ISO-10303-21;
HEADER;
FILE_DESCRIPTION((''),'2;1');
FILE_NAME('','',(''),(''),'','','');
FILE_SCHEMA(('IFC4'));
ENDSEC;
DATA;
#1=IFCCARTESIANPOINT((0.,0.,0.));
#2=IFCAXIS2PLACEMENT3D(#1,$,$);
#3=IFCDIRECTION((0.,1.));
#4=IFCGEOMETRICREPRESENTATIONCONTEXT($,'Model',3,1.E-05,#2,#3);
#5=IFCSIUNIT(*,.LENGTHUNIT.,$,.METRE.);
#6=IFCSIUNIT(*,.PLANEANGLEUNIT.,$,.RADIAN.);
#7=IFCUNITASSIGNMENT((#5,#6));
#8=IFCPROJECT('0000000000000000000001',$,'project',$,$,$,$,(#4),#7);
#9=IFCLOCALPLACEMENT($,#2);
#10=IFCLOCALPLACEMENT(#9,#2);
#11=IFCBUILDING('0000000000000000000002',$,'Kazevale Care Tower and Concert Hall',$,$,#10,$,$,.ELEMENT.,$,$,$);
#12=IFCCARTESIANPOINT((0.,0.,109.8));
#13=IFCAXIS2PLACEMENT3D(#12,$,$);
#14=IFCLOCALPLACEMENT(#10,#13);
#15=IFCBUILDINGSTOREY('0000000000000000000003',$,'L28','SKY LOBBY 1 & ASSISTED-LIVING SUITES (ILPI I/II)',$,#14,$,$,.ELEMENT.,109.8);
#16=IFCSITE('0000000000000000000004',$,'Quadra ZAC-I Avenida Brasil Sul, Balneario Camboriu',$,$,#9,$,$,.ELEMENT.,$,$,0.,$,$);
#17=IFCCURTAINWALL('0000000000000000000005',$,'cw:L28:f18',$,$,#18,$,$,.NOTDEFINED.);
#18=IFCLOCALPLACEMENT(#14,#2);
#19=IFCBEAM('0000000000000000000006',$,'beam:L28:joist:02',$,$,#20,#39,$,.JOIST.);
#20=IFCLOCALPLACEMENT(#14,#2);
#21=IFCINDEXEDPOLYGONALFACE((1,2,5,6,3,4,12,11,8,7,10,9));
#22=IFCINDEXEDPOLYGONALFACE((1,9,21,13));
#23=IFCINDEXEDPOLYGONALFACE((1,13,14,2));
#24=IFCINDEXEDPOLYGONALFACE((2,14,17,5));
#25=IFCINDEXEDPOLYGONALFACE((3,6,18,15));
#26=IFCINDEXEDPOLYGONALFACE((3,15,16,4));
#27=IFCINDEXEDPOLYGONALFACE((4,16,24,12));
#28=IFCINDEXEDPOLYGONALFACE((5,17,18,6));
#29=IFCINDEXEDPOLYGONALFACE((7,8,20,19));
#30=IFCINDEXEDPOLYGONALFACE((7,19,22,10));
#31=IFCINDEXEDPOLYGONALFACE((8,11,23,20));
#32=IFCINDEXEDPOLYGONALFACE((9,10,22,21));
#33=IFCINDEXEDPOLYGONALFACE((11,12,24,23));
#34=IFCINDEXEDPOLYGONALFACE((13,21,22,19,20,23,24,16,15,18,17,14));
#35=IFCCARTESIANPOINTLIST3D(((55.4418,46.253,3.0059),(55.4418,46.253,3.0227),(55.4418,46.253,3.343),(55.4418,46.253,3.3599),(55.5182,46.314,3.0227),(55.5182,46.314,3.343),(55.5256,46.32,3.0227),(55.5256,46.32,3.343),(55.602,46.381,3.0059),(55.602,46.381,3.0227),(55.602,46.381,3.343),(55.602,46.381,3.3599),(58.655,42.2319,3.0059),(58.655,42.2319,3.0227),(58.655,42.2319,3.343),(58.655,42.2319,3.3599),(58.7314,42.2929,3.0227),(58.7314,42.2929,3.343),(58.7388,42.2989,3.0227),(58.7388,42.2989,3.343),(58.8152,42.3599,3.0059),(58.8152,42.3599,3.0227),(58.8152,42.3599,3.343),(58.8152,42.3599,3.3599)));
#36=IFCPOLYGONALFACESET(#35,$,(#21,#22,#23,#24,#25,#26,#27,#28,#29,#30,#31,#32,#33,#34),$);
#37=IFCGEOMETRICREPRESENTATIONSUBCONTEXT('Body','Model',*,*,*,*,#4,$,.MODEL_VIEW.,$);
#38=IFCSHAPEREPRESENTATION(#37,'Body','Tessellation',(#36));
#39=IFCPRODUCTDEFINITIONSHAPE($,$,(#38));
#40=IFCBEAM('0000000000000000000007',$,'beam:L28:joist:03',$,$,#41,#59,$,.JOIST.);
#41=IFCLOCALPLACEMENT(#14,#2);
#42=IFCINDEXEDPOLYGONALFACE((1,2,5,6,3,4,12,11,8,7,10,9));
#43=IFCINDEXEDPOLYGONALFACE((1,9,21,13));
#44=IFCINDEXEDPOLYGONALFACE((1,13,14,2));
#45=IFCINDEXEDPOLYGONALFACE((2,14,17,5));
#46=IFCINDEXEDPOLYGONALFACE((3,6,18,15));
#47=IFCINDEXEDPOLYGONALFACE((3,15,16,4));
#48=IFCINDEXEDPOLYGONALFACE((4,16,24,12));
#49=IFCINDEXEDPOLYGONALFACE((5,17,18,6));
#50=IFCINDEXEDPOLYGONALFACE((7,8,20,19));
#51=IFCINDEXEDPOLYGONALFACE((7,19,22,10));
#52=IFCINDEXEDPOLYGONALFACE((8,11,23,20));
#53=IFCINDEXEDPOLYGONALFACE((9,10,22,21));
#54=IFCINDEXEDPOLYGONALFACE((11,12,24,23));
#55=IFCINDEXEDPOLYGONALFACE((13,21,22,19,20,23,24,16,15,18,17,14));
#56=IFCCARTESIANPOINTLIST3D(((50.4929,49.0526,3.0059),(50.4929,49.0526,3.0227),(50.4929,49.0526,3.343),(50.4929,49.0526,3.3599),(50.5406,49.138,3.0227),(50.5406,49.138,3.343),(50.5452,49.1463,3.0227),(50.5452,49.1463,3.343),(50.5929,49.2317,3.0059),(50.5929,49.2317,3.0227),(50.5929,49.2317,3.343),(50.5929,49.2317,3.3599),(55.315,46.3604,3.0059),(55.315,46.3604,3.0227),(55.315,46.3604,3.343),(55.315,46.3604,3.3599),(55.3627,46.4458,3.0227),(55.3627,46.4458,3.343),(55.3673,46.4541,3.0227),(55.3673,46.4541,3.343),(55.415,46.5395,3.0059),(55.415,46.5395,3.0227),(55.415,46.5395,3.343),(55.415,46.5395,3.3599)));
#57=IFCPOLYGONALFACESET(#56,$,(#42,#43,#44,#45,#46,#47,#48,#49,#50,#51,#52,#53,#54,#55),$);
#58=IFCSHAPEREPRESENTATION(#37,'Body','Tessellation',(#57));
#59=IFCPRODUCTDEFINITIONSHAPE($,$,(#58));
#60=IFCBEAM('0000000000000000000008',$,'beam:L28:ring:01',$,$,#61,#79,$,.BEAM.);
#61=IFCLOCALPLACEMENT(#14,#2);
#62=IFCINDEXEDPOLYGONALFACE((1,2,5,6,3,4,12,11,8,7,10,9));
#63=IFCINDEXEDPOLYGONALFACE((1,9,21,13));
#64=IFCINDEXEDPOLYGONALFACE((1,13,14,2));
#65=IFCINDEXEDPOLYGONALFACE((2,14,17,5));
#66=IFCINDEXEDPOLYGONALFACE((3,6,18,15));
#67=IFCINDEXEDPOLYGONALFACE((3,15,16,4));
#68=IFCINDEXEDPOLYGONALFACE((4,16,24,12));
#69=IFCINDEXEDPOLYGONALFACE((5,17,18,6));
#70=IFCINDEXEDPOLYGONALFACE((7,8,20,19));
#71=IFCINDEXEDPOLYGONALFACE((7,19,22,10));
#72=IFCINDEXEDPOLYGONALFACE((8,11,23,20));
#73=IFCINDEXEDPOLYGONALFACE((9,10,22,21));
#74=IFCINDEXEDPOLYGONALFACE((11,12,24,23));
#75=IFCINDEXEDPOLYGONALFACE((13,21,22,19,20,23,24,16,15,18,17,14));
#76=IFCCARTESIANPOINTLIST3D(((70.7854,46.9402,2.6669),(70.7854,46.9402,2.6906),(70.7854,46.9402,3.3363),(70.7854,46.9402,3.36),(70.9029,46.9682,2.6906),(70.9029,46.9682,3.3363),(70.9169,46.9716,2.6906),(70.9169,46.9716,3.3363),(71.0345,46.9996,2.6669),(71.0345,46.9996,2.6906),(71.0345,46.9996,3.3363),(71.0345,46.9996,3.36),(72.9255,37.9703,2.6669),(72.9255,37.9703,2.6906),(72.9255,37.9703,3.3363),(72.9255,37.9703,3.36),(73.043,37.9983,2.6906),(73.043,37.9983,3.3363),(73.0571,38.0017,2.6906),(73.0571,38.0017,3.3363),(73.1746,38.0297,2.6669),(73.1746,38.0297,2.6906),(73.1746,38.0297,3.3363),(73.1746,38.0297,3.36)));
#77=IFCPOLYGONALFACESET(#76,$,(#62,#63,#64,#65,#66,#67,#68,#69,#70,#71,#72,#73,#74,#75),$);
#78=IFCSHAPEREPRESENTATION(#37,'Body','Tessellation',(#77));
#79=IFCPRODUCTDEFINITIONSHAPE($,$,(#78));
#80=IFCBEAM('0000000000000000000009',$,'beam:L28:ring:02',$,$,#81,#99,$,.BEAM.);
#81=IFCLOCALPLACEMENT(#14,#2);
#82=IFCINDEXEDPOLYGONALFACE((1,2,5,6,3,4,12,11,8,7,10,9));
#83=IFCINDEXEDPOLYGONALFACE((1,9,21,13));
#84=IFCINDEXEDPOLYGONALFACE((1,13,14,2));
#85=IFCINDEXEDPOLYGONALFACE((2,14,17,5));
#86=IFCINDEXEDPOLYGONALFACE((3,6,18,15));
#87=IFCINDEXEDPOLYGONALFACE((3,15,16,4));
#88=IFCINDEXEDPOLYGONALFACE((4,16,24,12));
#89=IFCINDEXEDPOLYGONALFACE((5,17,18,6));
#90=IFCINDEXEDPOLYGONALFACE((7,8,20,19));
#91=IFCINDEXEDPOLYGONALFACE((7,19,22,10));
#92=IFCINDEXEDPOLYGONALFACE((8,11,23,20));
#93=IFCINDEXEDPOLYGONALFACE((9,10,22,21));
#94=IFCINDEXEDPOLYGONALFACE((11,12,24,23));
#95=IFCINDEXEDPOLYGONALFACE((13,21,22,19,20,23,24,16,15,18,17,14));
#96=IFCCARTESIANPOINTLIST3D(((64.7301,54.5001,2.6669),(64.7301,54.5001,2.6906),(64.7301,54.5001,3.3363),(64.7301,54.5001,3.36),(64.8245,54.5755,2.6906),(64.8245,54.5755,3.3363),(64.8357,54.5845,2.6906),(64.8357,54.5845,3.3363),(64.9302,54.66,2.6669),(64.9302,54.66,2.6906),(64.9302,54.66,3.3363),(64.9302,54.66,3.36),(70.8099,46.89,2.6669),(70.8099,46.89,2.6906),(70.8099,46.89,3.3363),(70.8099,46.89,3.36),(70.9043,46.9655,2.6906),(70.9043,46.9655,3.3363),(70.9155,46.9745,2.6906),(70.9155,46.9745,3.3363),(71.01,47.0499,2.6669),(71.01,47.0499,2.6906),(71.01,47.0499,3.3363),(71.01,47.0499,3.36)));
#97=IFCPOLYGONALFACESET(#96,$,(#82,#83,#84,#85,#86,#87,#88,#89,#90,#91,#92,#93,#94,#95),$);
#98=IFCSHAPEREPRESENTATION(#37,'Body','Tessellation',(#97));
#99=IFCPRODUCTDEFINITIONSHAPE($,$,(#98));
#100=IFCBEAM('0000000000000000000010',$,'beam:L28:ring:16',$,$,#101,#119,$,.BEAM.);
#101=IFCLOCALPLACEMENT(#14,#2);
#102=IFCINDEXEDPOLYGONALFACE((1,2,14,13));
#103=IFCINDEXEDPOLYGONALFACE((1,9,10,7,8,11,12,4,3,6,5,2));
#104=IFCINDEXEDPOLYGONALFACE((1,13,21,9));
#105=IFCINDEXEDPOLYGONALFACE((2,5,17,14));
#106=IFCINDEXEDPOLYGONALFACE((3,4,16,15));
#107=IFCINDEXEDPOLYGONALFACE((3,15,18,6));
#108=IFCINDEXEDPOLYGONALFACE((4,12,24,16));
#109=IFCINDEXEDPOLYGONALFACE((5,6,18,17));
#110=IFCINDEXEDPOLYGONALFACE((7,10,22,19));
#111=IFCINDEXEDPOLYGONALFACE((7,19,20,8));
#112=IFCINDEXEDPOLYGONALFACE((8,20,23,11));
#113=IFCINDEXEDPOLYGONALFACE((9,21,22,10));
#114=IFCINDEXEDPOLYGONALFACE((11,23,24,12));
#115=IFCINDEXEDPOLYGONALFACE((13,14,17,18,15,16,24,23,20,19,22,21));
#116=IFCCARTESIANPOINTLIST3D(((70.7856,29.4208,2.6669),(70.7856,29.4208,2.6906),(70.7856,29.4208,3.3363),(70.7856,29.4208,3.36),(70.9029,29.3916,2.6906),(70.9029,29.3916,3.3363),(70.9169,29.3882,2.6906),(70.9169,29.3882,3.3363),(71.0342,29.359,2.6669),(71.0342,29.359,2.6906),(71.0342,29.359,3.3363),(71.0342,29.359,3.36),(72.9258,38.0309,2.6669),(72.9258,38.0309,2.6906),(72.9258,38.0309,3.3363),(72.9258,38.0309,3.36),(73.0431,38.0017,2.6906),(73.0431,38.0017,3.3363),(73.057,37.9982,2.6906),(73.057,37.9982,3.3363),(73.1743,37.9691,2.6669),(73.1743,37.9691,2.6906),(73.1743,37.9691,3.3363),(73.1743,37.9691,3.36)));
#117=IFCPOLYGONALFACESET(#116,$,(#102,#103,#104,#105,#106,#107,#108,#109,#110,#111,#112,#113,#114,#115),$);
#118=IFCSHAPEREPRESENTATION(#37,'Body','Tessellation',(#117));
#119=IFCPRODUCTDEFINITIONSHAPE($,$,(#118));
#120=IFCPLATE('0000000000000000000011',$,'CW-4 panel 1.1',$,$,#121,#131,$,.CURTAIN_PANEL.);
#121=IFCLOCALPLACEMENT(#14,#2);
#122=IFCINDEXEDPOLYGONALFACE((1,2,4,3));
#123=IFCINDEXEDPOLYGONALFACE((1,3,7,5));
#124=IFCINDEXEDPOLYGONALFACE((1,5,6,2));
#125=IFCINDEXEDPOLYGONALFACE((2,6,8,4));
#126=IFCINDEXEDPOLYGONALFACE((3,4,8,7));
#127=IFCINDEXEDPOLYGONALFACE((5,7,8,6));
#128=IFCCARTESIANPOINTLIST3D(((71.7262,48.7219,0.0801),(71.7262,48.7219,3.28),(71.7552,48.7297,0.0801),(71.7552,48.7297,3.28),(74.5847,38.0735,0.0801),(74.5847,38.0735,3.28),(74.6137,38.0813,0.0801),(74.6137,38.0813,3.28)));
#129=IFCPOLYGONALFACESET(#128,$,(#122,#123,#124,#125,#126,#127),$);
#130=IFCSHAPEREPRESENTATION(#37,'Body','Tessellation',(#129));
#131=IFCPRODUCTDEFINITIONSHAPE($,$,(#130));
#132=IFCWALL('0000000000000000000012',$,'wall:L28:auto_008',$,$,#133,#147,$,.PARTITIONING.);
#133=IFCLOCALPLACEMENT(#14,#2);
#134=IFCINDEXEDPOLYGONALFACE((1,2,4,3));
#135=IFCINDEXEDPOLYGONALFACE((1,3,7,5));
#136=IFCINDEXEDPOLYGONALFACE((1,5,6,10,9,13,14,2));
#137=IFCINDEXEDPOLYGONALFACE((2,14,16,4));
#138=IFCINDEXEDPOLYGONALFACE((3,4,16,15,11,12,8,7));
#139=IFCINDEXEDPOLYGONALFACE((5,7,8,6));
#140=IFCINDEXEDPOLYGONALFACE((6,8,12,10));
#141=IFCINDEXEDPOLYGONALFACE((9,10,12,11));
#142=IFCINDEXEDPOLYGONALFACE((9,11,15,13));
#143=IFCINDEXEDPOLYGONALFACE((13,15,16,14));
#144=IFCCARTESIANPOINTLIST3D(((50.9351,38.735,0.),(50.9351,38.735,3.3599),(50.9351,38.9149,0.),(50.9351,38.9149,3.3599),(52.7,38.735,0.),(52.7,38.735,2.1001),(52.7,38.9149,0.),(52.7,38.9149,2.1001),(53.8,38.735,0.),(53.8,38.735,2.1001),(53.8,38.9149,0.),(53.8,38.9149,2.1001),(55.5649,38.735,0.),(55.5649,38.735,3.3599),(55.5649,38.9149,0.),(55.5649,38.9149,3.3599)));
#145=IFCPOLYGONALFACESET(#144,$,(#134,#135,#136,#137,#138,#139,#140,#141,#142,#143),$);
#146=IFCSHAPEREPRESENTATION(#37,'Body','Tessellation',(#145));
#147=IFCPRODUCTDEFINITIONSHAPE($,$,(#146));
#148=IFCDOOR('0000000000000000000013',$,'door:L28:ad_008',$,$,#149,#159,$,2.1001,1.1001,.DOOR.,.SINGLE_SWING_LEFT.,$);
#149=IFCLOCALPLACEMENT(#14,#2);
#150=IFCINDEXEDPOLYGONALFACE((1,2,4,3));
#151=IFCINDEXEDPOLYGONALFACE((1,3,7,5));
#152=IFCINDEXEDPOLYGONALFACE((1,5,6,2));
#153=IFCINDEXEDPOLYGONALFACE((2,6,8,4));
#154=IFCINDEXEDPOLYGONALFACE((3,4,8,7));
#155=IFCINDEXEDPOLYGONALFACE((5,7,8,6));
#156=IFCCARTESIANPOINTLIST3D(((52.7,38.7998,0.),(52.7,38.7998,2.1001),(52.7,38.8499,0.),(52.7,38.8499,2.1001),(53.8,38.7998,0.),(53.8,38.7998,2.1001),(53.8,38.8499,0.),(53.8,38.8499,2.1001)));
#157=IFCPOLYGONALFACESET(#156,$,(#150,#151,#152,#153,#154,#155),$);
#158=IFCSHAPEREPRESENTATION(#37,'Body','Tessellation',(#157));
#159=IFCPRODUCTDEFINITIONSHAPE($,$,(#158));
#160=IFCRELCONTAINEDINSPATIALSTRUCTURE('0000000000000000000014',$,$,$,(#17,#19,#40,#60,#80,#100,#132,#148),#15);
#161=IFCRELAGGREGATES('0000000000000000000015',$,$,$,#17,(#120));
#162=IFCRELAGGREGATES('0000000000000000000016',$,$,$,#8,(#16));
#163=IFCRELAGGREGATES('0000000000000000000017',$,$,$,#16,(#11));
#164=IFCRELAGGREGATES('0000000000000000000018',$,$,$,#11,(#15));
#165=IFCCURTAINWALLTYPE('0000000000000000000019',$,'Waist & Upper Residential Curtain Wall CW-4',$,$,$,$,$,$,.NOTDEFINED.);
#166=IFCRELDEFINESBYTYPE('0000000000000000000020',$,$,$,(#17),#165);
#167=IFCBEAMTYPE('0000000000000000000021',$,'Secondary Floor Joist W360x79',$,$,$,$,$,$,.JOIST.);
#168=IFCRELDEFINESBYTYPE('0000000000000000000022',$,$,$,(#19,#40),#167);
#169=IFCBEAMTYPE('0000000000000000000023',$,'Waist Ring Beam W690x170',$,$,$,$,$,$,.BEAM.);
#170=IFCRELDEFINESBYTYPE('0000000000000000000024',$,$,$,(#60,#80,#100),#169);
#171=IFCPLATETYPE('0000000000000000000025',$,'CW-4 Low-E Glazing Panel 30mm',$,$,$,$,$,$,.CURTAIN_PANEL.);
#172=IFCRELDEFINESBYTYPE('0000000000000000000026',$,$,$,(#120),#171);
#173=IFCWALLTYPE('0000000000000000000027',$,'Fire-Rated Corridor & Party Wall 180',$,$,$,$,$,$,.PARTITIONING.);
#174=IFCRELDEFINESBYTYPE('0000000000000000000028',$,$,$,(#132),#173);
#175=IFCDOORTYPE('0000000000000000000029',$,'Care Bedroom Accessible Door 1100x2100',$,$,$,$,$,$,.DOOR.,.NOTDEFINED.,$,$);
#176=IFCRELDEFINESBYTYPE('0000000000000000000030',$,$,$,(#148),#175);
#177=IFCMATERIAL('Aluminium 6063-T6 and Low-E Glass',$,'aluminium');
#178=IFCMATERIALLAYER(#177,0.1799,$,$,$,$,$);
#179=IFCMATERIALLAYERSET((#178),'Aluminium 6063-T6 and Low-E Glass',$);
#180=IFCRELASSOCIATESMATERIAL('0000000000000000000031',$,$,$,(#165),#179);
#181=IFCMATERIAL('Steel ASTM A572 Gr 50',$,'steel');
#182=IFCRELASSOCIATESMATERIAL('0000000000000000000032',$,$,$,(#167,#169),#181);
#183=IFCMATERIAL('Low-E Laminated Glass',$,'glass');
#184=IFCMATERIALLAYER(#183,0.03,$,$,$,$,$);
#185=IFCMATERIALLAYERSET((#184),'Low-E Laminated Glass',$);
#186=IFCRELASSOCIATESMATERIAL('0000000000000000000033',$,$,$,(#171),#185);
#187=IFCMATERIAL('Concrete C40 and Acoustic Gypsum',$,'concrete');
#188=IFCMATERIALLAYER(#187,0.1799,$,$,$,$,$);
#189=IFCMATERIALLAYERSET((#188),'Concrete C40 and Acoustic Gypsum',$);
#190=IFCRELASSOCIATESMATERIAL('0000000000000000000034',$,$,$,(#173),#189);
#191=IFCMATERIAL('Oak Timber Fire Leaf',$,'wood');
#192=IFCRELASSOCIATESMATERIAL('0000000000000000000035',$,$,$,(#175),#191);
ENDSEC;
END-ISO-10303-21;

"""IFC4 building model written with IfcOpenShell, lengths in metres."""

from ifc_helpers import new_model, si_unit, direction, frame, frame_2d, origin, origin_2d, place, context, subcontext, project, spatial, rectangle, i_section, extrude, material, layer, layer_set, material_profile, profile_set, type_object, element, fill, aggregate, save


model = new_model("IFC4")

# Units and contexts
model_context = context("Model", 3, precision=1e-05, world=origin(), true_north=direction((0.0, 1.0)))
body_context = subcontext(model_context, "Body", "Model", "MODEL_VIEW")
ifc_project = project(units=[si_unit("LENGTHUNIT", "METRE"), si_unit("PLANEANGLEUNIT", "RADIAN")], contexts=[model_context])

# Site, building, storey
site_placement = place(None, origin())
site = spatial("IfcSite", under=ifc_project, at=site_placement, Name="Quadra ZAC-I Avenida Brasil Sul, Balneario Camboriu", CompositionType="ELEMENT", RefElevation=0.0)
building_placement = place(site_placement, origin())
building = spatial("IfcBuilding", under=site, at=building_placement, Name="Kazevale Care Tower and Concert Hall", CompositionType="ELEMENT")
storey_placement = place(building_placement, frame((0.0, 0.0, 109.8)))
storey = spatial("IfcBuildingStorey", under=building, at=storey_placement, Name="L28", Description="SKY LOBBY 1 & ASSISTED-LIVING SUITES (ILPI I/II)", CompositionType="ELEMENT", Elevation=109.8)

# Curtain wall
ifc_material_1 = material(Name="Aluminium 6063-T6 and Low-E Glass", Category="aluminium")
ifc_layer_1 = layer(ifc_material_1, 0.1799)
ifc_layer_set_1 = layer_set([ifc_layer_1], Name="Aluminium 6063-T6 and Low-E Glass")
curtain_wall_type = type_object("IfcCurtainWallType", Name="Waist & Upper Residential Curtain Wall CW-4", PredefinedType="NOTDEFINED", material=ifc_layer_set_1)
curtain_wall_placement = place(storey_placement, origin())
curtain_wall = element("IfcCurtainWall", 1, at=curtain_wall_placement, inside=storey, type_object=curtain_wall_type, Name="cw:L28:f18", PredefinedType="NOTDEFINED")

# Beams
ifc_material_2 = material(Name="Steel ASTM A572 Gr 50", Category="steel")
ifc_material_profile_1 = material_profile(ifc_material_2, i_section(OverallWidth=0.2051, OverallDepth=0.354, WebThickness=0.0095, FlangeThickness=0.0168, at=origin_2d()), Name="W360x79")
ifc_profile_set_1 = profile_set([ifc_material_profile_1], Name="Steel ASTM A572 Gr 50")
beam_type_1 = type_object("IfcBeamType", Name="Secondary Floor Joist W360x79", PredefinedType="JOIST", material=ifc_profile_set_1)
beam_1_placement = place(storey_placement, frame((58.7351, 42.2959, 3.1829), z_axis=(-0.624261, 0.781216, 0.0), x_axis=(-0.781216, -0.624261, 0.0)))
element("IfcBeam", 2, at=beam_1_placement, inside=storey, type_object=beam_type_1, Name="beam:L28:joist:02", PredefinedType="JOIST", context=body_context, shape_type="SweptSolid", body=[
    extrude(i_section(OverallWidth=0.2051, OverallDepth=0.354, WebThickness=0.0095, FlangeThickness=0.0168, at=origin_2d()), origin(), (0.0, 0.0, 1.0), 5.1472),
])
beam_2_placement = place(storey_placement, frame((55.365, 46.45, 3.1829), z_axis=(-0.873138, 0.487474, 0.0), x_axis=(-0.487474, -0.873138, 0.0)))
element("IfcBeam", 3, at=beam_2_placement, inside=storey, type_object=beam_type_1, Name="beam:L28:joist:03", PredefinedType="JOIST", context=body_context, shape_type="SweptSolid", body=[
    extrude(i_section(OverallWidth=0.2051, OverallDepth=0.354, WebThickness=0.0095, FlangeThickness=0.0168, at=origin_2d()), origin(), (0.0, 0.0, 1.0), 5.5227),
])
ifc_material_profile_2 = material_profile(ifc_material_2, i_section(OverallWidth=0.2561, OverallDepth=0.6931, WebThickness=0.0144, FlangeThickness=0.0237, at=origin_2d()), Name="W690x170")
ifc_profile_set_2 = profile_set([ifc_material_profile_2], Name="Steel ASTM A572 Gr 50")
beam_type_2 = type_object("IfcBeamType", Name="Waist Ring Beam W690x170", PredefinedType="BEAM", material=ifc_profile_set_2)
beam_3_placement = place(storey_placement, frame((73.05, 38.0, 3.0134), z_axis=(-0.232075, 0.972698, 0.0), x_axis=(-0.972698, -0.232075, 0.0)))
element("IfcBeam", 4, at=beam_3_placement, inside=storey, type_object=beam_type_2, Name="beam:L28:ring:01", PredefinedType="BEAM", context=body_context, shape_type="SweptSolid", body=[
    extrude(i_section(OverallWidth=0.2561, OverallDepth=0.6931, WebThickness=0.0144, FlangeThickness=0.0237, at=origin_2d()), origin(), (0.0, 0.0, 1.0), 9.2217),
])
beam_4_placement = place(storey_placement, frame((70.9099, 46.97, 3.0134), z_axis=(-0.624178, 0.781282, 0.0), x_axis=(-0.781282, -0.624178, 0.0)))
element("IfcBeam", 5, at=beam_4_placement, inside=storey, type_object=beam_type_2, Name="beam:L28:ring:02", PredefinedType="BEAM", context=body_context, shape_type="SweptSolid", body=[
    extrude(i_section(OverallWidth=0.2561, OverallDepth=0.6931, WebThickness=0.0144, FlangeThickness=0.0237, at=origin_2d()), origin(), (0.0, 0.0, 1.0), 9.7405),
])
beam_5_placement = place(storey_placement, frame((70.9099, 29.3899, 3.0134), z_axis=(0.241221, 0.97047, 0.0), x_axis=(-0.97047, 0.241221, 0.0)))
element("IfcBeam", 6, at=beam_5_placement, inside=storey, type_object=beam_type_2, Name="beam:L28:ring:16", PredefinedType="BEAM", context=body_context, shape_type="SweptSolid", body=[
    extrude(i_section(OverallWidth=0.2561, OverallDepth=0.6931, WebThickness=0.0144, FlangeThickness=0.0237, at=origin_2d()), origin(), (0.0, 0.0, 1.0), 8.8721),
])

# Plate
ifc_material_3 = material(Name="Low-E Laminated Glass", Category="glass")
ifc_layer_2 = layer(ifc_material_3, 0.03)
ifc_layer_set_2 = layer_set([ifc_layer_2], Name="Low-E Laminated Glass")
plate_type = type_object("IfcPlateType", Name="CW-4 Low-E Glazing Panel 30mm", PredefinedType="CURTAIN_PANEL", material=ifc_layer_set_2)
plate_placement = place(storey_placement, frame((73.1699, 43.4016, 0.0801), z_axis=(0.0, 0.0, 1.0), x_axis=(0.259265, -0.965806, 0.0)))
plate = element("IfcPlate", 7, at=plate_placement, type_object=plate_type, Name="CW-4 panel 1.1", PredefinedType="CURTAIN_PANEL", context=body_context, shape_type="SweptSolid", body=[
    extrude(rectangle(XDim=11.0254, YDim=0.03, at=origin_2d()), origin(), (0.0, 0.0, 1.0), 3.2),
])
aggregate(curtain_wall, [plate])

# Wall, opening, door
ifc_material_4 = material(Name="Concrete C40 and Acoustic Gypsum", Category="concrete")
ifc_layer_3 = layer(ifc_material_4, 0.1799)
ifc_layer_set_3 = layer_set([ifc_layer_3], Name="Concrete C40 and Acoustic Gypsum")
wall_type_1 = type_object("IfcWallType", Name="Fire-Rated Corridor & Party Wall 180", PredefinedType="PARTITIONING", material=ifc_layer_set_3)
wall_1_placement = place(storey_placement, frame((50.9351, 38.825, 0.0), z_axis=(0.0, 0.0, 1.0), x_axis=(1.0, 0.0, 0.0)))
wall_1 = element("IfcWall", 8, at=wall_1_placement, inside=storey, type_object=wall_type_1, Name="wall:L28:auto_008", PredefinedType="PARTITIONING", context=body_context, shape_type="SweptSolid", body=[
    extrude(rectangle(XDim=4.6299, YDim=0.1799, at=frame_2d((2.3149, 0.0))), origin(), (0.0, 0.0, 1.0), 3.3599),
])
opening_1_placement = place(wall_1_placement, frame((1.7649, 0.0, 0.0)))
opening_1 = element("IfcOpeningElement", 9, at=opening_1_placement, cuts=wall_1, PredefinedType="OPENING", context=body_context, shape_type="SweptSolid", body=[
    extrude(rectangle(XDim=1.1001, YDim=2.1001, at=frame_2d((0.55, 1.05))), frame((0.0, 0.0999, 0.0), z_axis=(0.0, -1.0, 0.0), x_axis=(1.0, 0.0, 0.0)), (0.0, 0.0, 1.0), 0.2),
])
ifc_material_5 = material(Name="Oak Timber Fire Leaf", Category="wood")
door_type = type_object("IfcDoorType", Name="Care Bedroom Accessible Door 1100x2100", OperationType="NOTDEFINED", PredefinedType="DOOR", material=ifc_material_5)
door_1_placement = place(opening_1_placement, origin())
door_1 = element("IfcDoor", 10, at=door_1_placement, inside=storey, type_object=door_type, Name="door:L28:ad_008", OperationType="SINGLE_SWING_LEFT", OverallHeight=2.1001, OverallWidth=1.1001, PredefinedType="DOOR", context=body_context, shape_type="SweptSolid", body=[
    extrude(rectangle(XDim=1.1001, YDim=2.1001, at=frame_2d((0.55, 1.05))), frame((0.0, 0.0249, 0.0), z_axis=(0.0, -1.0, 0.0), x_axis=(1.0, 0.0, 0.0)), (0.0, 0.0, 1.0), 0.05),
])
fill(opening_1, door_1)

save(model, "model.ifc")
